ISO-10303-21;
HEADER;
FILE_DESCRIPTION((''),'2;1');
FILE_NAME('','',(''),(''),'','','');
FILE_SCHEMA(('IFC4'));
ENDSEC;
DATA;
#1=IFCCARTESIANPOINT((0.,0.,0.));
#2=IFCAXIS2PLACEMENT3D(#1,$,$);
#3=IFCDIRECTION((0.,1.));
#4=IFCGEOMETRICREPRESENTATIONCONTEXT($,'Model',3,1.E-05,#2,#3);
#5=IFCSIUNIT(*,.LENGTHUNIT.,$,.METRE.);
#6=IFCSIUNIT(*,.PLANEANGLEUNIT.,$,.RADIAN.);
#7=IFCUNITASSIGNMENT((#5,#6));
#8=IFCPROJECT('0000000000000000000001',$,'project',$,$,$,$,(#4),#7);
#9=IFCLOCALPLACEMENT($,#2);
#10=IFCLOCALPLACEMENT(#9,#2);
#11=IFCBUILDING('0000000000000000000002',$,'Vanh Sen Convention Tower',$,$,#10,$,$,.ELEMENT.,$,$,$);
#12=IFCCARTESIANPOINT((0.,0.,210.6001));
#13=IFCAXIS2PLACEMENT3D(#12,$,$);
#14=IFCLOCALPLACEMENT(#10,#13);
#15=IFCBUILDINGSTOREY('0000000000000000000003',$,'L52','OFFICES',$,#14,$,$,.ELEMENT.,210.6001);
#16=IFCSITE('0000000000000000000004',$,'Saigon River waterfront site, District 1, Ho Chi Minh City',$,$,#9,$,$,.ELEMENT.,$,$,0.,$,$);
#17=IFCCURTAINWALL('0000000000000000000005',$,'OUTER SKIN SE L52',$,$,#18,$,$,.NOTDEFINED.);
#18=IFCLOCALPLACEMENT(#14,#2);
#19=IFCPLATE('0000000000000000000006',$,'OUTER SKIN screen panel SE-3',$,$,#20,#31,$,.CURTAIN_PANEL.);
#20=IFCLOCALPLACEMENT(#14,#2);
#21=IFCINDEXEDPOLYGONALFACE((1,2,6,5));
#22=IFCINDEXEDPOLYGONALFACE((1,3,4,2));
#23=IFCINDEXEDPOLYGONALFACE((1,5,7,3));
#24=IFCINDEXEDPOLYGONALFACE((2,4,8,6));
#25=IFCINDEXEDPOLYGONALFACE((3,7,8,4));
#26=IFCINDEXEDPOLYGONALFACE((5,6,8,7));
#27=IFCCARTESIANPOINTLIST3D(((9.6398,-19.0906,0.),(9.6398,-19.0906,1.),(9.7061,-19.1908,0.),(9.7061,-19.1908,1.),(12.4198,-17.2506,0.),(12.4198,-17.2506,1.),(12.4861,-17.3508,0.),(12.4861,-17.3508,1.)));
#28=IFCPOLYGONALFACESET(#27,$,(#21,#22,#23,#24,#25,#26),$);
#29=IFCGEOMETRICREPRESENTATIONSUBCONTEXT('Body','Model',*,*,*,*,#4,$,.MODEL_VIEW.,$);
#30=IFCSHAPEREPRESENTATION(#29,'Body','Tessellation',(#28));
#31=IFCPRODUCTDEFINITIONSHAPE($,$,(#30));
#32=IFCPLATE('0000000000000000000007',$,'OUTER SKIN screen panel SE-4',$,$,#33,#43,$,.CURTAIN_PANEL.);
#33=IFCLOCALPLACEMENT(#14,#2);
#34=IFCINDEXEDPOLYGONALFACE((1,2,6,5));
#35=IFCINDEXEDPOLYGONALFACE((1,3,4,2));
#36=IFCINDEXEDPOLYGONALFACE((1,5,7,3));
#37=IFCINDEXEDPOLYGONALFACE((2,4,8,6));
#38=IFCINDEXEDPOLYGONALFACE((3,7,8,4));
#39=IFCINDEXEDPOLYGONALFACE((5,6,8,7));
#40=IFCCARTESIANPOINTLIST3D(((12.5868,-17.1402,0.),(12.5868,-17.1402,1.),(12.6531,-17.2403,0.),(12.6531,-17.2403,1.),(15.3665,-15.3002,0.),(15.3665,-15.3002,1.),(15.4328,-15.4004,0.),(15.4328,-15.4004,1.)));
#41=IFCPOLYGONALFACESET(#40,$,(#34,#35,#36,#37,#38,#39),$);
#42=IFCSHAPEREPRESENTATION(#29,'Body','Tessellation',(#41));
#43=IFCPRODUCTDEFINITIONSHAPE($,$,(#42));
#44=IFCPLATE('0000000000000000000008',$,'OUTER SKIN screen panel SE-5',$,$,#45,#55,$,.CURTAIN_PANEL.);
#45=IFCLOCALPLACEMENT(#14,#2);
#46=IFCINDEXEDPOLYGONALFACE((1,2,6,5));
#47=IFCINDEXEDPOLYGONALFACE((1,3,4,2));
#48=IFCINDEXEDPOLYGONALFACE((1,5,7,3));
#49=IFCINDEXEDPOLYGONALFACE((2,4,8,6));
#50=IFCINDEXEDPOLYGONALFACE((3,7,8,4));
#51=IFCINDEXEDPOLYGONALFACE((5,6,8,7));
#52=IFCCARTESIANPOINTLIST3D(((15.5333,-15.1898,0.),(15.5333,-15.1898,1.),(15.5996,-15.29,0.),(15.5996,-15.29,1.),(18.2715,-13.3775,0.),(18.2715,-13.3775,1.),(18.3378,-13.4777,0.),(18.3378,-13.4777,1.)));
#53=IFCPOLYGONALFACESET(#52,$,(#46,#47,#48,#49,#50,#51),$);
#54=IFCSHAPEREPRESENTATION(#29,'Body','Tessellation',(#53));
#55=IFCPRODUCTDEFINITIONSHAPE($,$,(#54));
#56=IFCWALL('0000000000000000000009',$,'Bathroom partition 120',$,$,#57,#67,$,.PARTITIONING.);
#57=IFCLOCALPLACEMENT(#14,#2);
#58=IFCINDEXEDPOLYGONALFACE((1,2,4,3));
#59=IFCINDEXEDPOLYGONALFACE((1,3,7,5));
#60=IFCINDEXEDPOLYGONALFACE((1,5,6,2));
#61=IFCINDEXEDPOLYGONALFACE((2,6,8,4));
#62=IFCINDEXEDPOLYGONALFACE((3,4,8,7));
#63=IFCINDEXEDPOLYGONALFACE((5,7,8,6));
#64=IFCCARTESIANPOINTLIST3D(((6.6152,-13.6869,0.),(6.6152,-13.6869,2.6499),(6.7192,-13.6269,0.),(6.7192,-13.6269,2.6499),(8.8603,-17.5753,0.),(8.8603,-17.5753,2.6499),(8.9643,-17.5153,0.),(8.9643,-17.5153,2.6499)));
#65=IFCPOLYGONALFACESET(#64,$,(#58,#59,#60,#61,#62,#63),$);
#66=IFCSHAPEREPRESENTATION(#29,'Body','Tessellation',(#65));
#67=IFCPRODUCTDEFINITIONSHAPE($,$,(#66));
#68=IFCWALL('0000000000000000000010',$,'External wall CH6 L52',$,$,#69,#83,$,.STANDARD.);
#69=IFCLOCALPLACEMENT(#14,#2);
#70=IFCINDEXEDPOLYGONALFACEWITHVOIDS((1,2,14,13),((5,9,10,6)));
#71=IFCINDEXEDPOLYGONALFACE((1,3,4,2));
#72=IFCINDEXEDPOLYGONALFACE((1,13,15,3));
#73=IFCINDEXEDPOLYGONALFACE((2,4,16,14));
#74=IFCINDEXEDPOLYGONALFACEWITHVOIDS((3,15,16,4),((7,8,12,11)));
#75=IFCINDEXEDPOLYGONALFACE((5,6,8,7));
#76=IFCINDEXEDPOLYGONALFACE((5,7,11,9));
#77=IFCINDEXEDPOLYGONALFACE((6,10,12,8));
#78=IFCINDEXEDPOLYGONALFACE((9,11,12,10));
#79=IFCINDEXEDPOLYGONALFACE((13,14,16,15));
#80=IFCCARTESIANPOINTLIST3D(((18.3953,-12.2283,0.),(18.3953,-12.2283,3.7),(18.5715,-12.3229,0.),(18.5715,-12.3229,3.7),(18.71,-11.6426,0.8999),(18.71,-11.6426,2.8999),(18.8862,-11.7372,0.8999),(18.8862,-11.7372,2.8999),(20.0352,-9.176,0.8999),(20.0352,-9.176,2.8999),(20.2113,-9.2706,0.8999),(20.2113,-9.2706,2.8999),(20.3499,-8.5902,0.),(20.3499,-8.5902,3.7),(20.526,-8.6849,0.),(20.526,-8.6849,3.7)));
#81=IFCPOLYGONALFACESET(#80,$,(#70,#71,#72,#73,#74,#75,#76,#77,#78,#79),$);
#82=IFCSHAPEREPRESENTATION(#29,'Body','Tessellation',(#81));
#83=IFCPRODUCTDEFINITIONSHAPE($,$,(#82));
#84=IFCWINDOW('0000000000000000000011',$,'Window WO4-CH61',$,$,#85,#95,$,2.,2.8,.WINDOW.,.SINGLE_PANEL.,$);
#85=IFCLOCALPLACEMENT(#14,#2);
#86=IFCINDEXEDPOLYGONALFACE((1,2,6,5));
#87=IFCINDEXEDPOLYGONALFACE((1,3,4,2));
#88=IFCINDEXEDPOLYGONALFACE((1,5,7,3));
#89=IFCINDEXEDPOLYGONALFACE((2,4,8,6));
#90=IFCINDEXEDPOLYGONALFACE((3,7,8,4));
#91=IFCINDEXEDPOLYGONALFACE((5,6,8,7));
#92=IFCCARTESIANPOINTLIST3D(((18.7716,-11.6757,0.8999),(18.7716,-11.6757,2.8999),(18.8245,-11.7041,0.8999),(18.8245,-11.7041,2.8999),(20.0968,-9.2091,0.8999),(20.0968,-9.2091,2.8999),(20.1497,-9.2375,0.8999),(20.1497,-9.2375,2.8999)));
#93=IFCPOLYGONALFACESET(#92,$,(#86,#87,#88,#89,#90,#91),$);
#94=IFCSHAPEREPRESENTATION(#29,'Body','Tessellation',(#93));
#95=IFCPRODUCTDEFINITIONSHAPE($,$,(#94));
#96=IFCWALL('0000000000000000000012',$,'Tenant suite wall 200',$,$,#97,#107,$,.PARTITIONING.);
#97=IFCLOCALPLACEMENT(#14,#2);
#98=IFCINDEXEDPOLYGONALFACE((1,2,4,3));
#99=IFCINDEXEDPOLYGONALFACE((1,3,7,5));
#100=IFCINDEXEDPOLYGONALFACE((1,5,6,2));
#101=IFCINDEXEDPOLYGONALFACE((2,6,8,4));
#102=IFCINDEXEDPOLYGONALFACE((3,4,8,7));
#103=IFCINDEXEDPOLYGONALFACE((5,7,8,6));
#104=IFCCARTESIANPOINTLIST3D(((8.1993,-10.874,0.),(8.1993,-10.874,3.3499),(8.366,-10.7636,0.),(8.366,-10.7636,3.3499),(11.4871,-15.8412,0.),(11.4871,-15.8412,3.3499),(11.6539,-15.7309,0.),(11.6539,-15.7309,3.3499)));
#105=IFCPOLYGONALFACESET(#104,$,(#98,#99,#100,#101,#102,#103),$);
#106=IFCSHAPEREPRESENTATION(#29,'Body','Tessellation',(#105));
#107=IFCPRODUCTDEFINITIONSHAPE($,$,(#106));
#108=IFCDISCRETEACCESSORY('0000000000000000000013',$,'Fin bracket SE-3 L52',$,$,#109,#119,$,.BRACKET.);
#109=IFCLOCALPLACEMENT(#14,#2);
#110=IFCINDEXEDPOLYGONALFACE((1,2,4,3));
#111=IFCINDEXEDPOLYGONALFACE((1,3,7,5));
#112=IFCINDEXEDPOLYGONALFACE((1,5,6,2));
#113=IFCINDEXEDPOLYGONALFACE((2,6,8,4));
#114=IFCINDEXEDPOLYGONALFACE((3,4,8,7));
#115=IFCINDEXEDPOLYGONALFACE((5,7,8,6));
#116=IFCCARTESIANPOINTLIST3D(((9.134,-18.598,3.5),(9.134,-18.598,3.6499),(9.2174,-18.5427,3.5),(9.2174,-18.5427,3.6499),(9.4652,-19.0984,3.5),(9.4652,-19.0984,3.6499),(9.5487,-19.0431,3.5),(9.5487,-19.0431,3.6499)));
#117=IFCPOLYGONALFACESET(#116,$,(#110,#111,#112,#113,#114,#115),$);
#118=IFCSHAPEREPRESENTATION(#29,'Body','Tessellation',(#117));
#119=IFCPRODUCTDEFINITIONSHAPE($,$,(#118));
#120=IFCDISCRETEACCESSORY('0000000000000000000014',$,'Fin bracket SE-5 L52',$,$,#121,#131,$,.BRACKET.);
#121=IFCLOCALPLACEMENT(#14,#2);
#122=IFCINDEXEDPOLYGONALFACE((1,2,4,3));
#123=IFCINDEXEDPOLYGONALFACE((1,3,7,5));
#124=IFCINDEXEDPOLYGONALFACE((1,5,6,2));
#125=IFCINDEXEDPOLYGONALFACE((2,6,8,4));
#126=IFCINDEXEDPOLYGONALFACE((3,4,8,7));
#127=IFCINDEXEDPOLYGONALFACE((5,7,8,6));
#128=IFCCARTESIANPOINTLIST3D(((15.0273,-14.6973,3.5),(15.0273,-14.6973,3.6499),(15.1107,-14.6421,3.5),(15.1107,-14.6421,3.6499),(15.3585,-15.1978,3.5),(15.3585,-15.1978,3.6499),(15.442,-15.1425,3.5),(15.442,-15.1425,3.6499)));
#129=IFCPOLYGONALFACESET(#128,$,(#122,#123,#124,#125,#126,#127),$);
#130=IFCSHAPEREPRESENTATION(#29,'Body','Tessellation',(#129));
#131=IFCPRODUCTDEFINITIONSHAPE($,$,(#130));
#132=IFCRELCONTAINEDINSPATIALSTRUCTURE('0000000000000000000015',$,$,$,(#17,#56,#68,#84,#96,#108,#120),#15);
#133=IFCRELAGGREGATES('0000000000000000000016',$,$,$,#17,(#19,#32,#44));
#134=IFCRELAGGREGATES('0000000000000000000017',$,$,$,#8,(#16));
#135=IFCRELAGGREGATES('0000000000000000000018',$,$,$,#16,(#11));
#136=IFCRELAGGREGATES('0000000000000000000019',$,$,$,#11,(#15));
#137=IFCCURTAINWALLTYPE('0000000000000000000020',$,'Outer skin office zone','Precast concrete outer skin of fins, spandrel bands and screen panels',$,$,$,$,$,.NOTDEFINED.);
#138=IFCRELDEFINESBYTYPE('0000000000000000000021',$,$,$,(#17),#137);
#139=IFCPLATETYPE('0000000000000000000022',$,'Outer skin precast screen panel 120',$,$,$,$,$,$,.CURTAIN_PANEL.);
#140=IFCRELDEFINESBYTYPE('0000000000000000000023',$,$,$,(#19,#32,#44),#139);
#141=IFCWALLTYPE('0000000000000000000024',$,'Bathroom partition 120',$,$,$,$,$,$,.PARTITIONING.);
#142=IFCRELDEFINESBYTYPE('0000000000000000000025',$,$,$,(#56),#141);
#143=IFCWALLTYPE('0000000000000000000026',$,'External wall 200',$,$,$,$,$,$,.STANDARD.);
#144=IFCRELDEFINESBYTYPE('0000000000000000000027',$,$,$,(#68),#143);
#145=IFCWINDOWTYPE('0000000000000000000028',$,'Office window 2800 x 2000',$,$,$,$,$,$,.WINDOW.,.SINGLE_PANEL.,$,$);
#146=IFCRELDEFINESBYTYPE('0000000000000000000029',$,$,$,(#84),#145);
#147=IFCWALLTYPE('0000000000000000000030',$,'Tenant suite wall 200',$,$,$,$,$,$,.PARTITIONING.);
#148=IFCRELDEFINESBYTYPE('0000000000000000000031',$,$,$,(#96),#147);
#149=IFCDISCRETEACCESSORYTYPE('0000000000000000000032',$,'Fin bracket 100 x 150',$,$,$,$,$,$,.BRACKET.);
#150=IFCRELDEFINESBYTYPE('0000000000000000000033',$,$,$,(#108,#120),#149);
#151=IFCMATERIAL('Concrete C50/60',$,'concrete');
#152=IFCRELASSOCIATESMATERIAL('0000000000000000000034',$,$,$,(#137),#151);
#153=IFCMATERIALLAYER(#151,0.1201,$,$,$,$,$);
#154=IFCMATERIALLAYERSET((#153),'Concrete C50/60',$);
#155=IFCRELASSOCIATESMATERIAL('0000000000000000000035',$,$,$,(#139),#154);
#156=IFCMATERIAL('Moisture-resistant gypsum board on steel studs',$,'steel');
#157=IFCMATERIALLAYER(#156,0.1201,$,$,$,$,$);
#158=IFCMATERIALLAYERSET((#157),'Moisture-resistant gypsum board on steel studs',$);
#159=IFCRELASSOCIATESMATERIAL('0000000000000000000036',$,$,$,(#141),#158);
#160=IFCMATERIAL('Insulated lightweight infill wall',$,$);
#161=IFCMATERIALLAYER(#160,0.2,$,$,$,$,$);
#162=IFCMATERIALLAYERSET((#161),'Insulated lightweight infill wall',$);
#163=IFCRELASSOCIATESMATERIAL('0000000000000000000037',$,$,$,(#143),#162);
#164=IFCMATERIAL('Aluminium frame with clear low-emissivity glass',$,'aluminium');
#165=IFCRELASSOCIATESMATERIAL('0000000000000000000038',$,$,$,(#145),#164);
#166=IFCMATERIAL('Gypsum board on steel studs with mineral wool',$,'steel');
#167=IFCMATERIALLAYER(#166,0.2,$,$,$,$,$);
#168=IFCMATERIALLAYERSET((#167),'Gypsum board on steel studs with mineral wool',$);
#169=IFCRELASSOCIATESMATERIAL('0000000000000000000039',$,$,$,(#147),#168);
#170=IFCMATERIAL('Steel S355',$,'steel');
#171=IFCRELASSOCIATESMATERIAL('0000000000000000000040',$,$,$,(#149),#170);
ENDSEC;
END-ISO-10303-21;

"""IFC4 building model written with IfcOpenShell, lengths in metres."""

from ifc_helpers import new_model, si_unit, direction, frame, frame_2d, origin, origin_2d, place, context, subcontext, project, spatial, rectangle, extrude, material, layer, layer_set, type_object, element, fill, aggregate, save


model = new_model("IFC4")

# Units and contexts
model_context = context("Model", 3, precision=1e-05, world=origin(), true_north=direction((0.0, 1.0)))
body_context = subcontext(model_context, "Body", "Model", "MODEL_VIEW")
ifc_project = project(units=[si_unit("LENGTHUNIT", "METRE"), si_unit("PLANEANGLEUNIT", "RADIAN")], contexts=[model_context])

# Site, building, storey
site_placement = place(None, origin())
site = spatial("IfcSite", under=ifc_project, at=site_placement, Name="Saigon River waterfront site, District 1, Ho Chi Minh City", CompositionType="ELEMENT", RefElevation=0.0)
building_placement = place(site_placement, origin())
building = spatial("IfcBuilding", under=site, at=building_placement, Name="Vanh Sen Convention Tower", CompositionType="ELEMENT")
storey_placement = place(building_placement, frame((0.0, 0.0, 210.6001)))
storey = spatial("IfcBuildingStorey", under=building, at=storey_placement, Name="L52", Description="OFFICES", CompositionType="ELEMENT", Elevation=210.6001)

# Curtain wall
ifc_material_1 = material(Name="Concrete C50/60", Category="concrete")
curtain_wall_type = type_object("IfcCurtainWallType", Name="Outer skin office zone", Description="Precast concrete outer skin of fins, spandrel bands and screen panels", PredefinedType="NOTDEFINED", material=ifc_material_1)
curtain_wall_1_placement = place(storey_placement, origin())
curtain_wall_1 = element("IfcCurtainWall", 1, at=curtain_wall_1_placement, inside=storey, type_object=curtain_wall_type, Name="OUTER SKIN SE L52", PredefinedType="NOTDEFINED")

# Plates
ifc_layer_1 = layer(ifc_material_1, 0.1201)
ifc_layer_set_1 = layer_set([ifc_layer_1], Name="Concrete C50/60")
plate_type = type_object("IfcPlateType", Name="Outer skin precast screen panel 120", PredefinedType="CURTAIN_PANEL", material=ifc_layer_set_1)
plate_1_placement = place(storey_placement, frame((11.063, -18.2207, 0.0), z_axis=(0.0, 0.0, 1.0), x_axis=(0.833896, 0.551921, 0.0)))
plate_1 = element("IfcPlate", 2, at=plate_1_placement, type_object=plate_type, Name="OUTER SKIN screen panel SE-3", PredefinedType="CURTAIN_PANEL", context=body_context, shape_type="SweptSolid", body=[
    extrude(rectangle(XDim=3.3337, YDim=0.1201, at=origin_2d()), origin(), (0.0, 0.0, 1.0), 1.0),
])
plate_2_placement = place(storey_placement, frame((14.0098, -16.2703, 0.0), z_axis=(0.0, 0.0, 1.0), x_axis=(0.833874, 0.551954, 0.0)))
plate_2 = element("IfcPlate", 3, at=plate_2_placement, type_object=plate_type, Name="OUTER SKIN screen panel SE-4", PredefinedType="CURTAIN_PANEL", context=body_context, shape_type="SweptSolid", body=[
    extrude(rectangle(XDim=3.3335, YDim=0.1201, at=origin_2d()), origin(), (0.0, 0.0, 1.0), 1.0),
])
plate_3_placement = place(storey_placement, frame((16.9355, -14.3337, 0.0), z_axis=(0.0, 0.0, 1.0), x_axis=(0.833896, 0.551921, 0.0)))
plate_3 = element("IfcPlate", 4, at=plate_3_placement, type_object=plate_type, Name="OUTER SKIN screen panel SE-5", PredefinedType="CURTAIN_PANEL", context=body_context, shape_type="SweptSolid", body=[
    extrude(rectangle(XDim=3.2837, YDim=0.1201, at=origin_2d()), origin(), (0.0, 0.0, 1.0), 1.0),
])
aggregate(curtain_wall_1, [plate_1, plate_2, plate_3])

# Wall
ifc_material_2 = material(Name="Moisture-resistant gypsum board on steel studs", Category="steel")
ifc_layer_2 = layer(ifc_material_2, 0.1201)
ifc_layer_set_2 = layer_set([ifc_layer_2], Name="Moisture-resistant gypsum board on steel studs")
wall_type_1 = type_object("IfcWallType", Name="Bathroom partition 120", PredefinedType="PARTITIONING", material=ifc_layer_set_2)
wall_1_placement = place(storey_placement, frame((8.9124, -17.5454, 0.0), z_axis=(0.0, 0.0, 1.0), x_axis=(-0.500022, 0.866013, 0.0)))
element("IfcWall", 5, at=wall_1_placement, inside=storey, type_object=wall_type_1, Name="Bathroom partition 120", PredefinedType="PARTITIONING", context=body_context, shape_type="SweptSolid", body=[
    extrude(rectangle(XDim=4.49, YDim=0.1201, at=frame_2d((2.2451, 0.0))), origin(), (0.0, 0.0, 1.0), 2.6499),
])

# Wall, opening, window
ifc_material_3 = material(Name="Insulated lightweight infill wall")
ifc_layer_3 = layer(ifc_material_3, 0.2)
ifc_layer_set_3 = layer_set([ifc_layer_3], Name="Insulated lightweight infill wall")
wall_type_2 = type_object("IfcWallType", Name="External wall 200", PredefinedType="STANDARD", material=ifc_layer_set_3)
wall_2_placement = place(storey_placement, frame((18.4834, -12.2756, 0.0), z_axis=(0.0, 0.0, 1.0), x_axis=(0.473268, 0.880919, 0.0)))
wall_2 = element("IfcWall", 6, at=wall_2_placement, inside=storey, type_object=wall_type_2, Name="External wall CH6 L52", PredefinedType="STANDARD", context=body_context, shape_type="SweptSolid", body=[
    extrude(rectangle(XDim=4.1299, YDim=0.2, at=frame_2d((2.0649, 0.0))), origin(), (0.0, 0.0, 1.0), 3.7),
])
opening_placement = place(wall_2_placement, frame((0.665, 0.0, 0.8999)))
opening = element("IfcOpeningElement", 7, at=opening_placement, cuts=wall_2, PredefinedType="OPENING", context=body_context, shape_type="SweptSolid", body=[
    extrude(rectangle(XDim=2.8, YDim=2.0, at=frame_2d((1.3999, 1.0))), frame((0.0, 0.1099, 0.0), z_axis=(0.0, -1.0, 0.0), x_axis=(1.0, 0.0, 0.0)), (0.0, 0.0, 1.0), 0.22),
])
ifc_material_4 = material(Name="Aluminium frame with clear low-emissivity glass", Category="aluminium")
window_type = type_object("IfcWindowType", Name="Office window 2800 x 2000", PartitioningType="SINGLE_PANEL", PredefinedType="WINDOW", material=ifc_material_4)
window_placement = place(opening_placement, origin())
window = element("IfcWindow", 8, at=window_placement, inside=storey, type_object=window_type, Name="Window WO4-CH61", OverallHeight=2.0, OverallWidth=2.8, PartitioningType="SINGLE_PANEL", PredefinedType="WINDOW", context=body_context, shape_type="SweptSolid", body=[
    extrude(rectangle(XDim=2.8, YDim=2.0, at=frame_2d((1.3999, 1.0))), frame((0.0, 0.03, 0.0), z_axis=(0.0, -1.0, 0.0), x_axis=(1.0, 0.0, 0.0)), (0.0, 0.0, 1.0), 0.0601),
])
fill(opening, window)

# Wall
ifc_material_5 = material(Name="Gypsum board on steel studs with mineral wool", Category="steel")
ifc_layer_4 = layer(ifc_material_5, 0.2)
ifc_layer_set_4 = layer_set([ifc_layer_4], Name="Gypsum board on steel studs with mineral wool")
wall_type_3 = type_object("IfcWallType", Name="Tenant suite wall 200", PredefinedType="PARTITIONING", material=ifc_layer_set_4)
wall_3_placement = place(storey_placement, frame((11.5706, -15.7861, 0.0), z_axis=(0.0, 0.0, 1.0), x_axis=(-0.551945, 0.833881, 0.0)))
element("IfcWall", 9, at=wall_3_placement, inside=storey, type_object=wall_type_3, Name="Tenant suite wall 200", PredefinedType="PARTITIONING", context=body_context, shape_type="SweptSolid", body=[
    extrude(rectangle(XDim=5.9568, YDim=0.2, at=frame_2d((2.9785, 0.0))), origin(), (0.0, 0.0, 1.0), 3.3499),
])

# Discrete accessories
ifc_material_6 = material(Name="Steel S355", Category="steel")
discrete_accessory_type = type_object("IfcDiscreteAccessoryType", Name="Fin bracket 100 x 150", PredefinedType="BRACKET", material=ifc_material_6)
for number, where, z_axis, x_axis, name in (
    (10, (9.3413, -18.8206, 3.5), (0.0, 0.0, 1.0), (0.551937, -0.833886, 0.0), "Fin bracket SE-3 L52"),
    (11, (15.2346, -14.9199, 3.5), (0.0, 0.0, 1.0), (0.551937, -0.833886, 0.0), "Fin bracket SE-5 L52"),
):
    element("IfcDiscreteAccessory", number, at=place(storey_placement, frame(where, z_axis=z_axis, x_axis=x_axis)), inside=storey, type_object=discrete_accessory_type, Name=name, PredefinedType="BRACKET", context=body_context, shape_type="SweptSolid", body=[
        extrude(rectangle(XDim=0.6001, YDim=0.1001, at=origin_2d()), origin(), (0.0, 0.0, 1.0), 0.1499),
    ])

save(model, "model.ifc")
